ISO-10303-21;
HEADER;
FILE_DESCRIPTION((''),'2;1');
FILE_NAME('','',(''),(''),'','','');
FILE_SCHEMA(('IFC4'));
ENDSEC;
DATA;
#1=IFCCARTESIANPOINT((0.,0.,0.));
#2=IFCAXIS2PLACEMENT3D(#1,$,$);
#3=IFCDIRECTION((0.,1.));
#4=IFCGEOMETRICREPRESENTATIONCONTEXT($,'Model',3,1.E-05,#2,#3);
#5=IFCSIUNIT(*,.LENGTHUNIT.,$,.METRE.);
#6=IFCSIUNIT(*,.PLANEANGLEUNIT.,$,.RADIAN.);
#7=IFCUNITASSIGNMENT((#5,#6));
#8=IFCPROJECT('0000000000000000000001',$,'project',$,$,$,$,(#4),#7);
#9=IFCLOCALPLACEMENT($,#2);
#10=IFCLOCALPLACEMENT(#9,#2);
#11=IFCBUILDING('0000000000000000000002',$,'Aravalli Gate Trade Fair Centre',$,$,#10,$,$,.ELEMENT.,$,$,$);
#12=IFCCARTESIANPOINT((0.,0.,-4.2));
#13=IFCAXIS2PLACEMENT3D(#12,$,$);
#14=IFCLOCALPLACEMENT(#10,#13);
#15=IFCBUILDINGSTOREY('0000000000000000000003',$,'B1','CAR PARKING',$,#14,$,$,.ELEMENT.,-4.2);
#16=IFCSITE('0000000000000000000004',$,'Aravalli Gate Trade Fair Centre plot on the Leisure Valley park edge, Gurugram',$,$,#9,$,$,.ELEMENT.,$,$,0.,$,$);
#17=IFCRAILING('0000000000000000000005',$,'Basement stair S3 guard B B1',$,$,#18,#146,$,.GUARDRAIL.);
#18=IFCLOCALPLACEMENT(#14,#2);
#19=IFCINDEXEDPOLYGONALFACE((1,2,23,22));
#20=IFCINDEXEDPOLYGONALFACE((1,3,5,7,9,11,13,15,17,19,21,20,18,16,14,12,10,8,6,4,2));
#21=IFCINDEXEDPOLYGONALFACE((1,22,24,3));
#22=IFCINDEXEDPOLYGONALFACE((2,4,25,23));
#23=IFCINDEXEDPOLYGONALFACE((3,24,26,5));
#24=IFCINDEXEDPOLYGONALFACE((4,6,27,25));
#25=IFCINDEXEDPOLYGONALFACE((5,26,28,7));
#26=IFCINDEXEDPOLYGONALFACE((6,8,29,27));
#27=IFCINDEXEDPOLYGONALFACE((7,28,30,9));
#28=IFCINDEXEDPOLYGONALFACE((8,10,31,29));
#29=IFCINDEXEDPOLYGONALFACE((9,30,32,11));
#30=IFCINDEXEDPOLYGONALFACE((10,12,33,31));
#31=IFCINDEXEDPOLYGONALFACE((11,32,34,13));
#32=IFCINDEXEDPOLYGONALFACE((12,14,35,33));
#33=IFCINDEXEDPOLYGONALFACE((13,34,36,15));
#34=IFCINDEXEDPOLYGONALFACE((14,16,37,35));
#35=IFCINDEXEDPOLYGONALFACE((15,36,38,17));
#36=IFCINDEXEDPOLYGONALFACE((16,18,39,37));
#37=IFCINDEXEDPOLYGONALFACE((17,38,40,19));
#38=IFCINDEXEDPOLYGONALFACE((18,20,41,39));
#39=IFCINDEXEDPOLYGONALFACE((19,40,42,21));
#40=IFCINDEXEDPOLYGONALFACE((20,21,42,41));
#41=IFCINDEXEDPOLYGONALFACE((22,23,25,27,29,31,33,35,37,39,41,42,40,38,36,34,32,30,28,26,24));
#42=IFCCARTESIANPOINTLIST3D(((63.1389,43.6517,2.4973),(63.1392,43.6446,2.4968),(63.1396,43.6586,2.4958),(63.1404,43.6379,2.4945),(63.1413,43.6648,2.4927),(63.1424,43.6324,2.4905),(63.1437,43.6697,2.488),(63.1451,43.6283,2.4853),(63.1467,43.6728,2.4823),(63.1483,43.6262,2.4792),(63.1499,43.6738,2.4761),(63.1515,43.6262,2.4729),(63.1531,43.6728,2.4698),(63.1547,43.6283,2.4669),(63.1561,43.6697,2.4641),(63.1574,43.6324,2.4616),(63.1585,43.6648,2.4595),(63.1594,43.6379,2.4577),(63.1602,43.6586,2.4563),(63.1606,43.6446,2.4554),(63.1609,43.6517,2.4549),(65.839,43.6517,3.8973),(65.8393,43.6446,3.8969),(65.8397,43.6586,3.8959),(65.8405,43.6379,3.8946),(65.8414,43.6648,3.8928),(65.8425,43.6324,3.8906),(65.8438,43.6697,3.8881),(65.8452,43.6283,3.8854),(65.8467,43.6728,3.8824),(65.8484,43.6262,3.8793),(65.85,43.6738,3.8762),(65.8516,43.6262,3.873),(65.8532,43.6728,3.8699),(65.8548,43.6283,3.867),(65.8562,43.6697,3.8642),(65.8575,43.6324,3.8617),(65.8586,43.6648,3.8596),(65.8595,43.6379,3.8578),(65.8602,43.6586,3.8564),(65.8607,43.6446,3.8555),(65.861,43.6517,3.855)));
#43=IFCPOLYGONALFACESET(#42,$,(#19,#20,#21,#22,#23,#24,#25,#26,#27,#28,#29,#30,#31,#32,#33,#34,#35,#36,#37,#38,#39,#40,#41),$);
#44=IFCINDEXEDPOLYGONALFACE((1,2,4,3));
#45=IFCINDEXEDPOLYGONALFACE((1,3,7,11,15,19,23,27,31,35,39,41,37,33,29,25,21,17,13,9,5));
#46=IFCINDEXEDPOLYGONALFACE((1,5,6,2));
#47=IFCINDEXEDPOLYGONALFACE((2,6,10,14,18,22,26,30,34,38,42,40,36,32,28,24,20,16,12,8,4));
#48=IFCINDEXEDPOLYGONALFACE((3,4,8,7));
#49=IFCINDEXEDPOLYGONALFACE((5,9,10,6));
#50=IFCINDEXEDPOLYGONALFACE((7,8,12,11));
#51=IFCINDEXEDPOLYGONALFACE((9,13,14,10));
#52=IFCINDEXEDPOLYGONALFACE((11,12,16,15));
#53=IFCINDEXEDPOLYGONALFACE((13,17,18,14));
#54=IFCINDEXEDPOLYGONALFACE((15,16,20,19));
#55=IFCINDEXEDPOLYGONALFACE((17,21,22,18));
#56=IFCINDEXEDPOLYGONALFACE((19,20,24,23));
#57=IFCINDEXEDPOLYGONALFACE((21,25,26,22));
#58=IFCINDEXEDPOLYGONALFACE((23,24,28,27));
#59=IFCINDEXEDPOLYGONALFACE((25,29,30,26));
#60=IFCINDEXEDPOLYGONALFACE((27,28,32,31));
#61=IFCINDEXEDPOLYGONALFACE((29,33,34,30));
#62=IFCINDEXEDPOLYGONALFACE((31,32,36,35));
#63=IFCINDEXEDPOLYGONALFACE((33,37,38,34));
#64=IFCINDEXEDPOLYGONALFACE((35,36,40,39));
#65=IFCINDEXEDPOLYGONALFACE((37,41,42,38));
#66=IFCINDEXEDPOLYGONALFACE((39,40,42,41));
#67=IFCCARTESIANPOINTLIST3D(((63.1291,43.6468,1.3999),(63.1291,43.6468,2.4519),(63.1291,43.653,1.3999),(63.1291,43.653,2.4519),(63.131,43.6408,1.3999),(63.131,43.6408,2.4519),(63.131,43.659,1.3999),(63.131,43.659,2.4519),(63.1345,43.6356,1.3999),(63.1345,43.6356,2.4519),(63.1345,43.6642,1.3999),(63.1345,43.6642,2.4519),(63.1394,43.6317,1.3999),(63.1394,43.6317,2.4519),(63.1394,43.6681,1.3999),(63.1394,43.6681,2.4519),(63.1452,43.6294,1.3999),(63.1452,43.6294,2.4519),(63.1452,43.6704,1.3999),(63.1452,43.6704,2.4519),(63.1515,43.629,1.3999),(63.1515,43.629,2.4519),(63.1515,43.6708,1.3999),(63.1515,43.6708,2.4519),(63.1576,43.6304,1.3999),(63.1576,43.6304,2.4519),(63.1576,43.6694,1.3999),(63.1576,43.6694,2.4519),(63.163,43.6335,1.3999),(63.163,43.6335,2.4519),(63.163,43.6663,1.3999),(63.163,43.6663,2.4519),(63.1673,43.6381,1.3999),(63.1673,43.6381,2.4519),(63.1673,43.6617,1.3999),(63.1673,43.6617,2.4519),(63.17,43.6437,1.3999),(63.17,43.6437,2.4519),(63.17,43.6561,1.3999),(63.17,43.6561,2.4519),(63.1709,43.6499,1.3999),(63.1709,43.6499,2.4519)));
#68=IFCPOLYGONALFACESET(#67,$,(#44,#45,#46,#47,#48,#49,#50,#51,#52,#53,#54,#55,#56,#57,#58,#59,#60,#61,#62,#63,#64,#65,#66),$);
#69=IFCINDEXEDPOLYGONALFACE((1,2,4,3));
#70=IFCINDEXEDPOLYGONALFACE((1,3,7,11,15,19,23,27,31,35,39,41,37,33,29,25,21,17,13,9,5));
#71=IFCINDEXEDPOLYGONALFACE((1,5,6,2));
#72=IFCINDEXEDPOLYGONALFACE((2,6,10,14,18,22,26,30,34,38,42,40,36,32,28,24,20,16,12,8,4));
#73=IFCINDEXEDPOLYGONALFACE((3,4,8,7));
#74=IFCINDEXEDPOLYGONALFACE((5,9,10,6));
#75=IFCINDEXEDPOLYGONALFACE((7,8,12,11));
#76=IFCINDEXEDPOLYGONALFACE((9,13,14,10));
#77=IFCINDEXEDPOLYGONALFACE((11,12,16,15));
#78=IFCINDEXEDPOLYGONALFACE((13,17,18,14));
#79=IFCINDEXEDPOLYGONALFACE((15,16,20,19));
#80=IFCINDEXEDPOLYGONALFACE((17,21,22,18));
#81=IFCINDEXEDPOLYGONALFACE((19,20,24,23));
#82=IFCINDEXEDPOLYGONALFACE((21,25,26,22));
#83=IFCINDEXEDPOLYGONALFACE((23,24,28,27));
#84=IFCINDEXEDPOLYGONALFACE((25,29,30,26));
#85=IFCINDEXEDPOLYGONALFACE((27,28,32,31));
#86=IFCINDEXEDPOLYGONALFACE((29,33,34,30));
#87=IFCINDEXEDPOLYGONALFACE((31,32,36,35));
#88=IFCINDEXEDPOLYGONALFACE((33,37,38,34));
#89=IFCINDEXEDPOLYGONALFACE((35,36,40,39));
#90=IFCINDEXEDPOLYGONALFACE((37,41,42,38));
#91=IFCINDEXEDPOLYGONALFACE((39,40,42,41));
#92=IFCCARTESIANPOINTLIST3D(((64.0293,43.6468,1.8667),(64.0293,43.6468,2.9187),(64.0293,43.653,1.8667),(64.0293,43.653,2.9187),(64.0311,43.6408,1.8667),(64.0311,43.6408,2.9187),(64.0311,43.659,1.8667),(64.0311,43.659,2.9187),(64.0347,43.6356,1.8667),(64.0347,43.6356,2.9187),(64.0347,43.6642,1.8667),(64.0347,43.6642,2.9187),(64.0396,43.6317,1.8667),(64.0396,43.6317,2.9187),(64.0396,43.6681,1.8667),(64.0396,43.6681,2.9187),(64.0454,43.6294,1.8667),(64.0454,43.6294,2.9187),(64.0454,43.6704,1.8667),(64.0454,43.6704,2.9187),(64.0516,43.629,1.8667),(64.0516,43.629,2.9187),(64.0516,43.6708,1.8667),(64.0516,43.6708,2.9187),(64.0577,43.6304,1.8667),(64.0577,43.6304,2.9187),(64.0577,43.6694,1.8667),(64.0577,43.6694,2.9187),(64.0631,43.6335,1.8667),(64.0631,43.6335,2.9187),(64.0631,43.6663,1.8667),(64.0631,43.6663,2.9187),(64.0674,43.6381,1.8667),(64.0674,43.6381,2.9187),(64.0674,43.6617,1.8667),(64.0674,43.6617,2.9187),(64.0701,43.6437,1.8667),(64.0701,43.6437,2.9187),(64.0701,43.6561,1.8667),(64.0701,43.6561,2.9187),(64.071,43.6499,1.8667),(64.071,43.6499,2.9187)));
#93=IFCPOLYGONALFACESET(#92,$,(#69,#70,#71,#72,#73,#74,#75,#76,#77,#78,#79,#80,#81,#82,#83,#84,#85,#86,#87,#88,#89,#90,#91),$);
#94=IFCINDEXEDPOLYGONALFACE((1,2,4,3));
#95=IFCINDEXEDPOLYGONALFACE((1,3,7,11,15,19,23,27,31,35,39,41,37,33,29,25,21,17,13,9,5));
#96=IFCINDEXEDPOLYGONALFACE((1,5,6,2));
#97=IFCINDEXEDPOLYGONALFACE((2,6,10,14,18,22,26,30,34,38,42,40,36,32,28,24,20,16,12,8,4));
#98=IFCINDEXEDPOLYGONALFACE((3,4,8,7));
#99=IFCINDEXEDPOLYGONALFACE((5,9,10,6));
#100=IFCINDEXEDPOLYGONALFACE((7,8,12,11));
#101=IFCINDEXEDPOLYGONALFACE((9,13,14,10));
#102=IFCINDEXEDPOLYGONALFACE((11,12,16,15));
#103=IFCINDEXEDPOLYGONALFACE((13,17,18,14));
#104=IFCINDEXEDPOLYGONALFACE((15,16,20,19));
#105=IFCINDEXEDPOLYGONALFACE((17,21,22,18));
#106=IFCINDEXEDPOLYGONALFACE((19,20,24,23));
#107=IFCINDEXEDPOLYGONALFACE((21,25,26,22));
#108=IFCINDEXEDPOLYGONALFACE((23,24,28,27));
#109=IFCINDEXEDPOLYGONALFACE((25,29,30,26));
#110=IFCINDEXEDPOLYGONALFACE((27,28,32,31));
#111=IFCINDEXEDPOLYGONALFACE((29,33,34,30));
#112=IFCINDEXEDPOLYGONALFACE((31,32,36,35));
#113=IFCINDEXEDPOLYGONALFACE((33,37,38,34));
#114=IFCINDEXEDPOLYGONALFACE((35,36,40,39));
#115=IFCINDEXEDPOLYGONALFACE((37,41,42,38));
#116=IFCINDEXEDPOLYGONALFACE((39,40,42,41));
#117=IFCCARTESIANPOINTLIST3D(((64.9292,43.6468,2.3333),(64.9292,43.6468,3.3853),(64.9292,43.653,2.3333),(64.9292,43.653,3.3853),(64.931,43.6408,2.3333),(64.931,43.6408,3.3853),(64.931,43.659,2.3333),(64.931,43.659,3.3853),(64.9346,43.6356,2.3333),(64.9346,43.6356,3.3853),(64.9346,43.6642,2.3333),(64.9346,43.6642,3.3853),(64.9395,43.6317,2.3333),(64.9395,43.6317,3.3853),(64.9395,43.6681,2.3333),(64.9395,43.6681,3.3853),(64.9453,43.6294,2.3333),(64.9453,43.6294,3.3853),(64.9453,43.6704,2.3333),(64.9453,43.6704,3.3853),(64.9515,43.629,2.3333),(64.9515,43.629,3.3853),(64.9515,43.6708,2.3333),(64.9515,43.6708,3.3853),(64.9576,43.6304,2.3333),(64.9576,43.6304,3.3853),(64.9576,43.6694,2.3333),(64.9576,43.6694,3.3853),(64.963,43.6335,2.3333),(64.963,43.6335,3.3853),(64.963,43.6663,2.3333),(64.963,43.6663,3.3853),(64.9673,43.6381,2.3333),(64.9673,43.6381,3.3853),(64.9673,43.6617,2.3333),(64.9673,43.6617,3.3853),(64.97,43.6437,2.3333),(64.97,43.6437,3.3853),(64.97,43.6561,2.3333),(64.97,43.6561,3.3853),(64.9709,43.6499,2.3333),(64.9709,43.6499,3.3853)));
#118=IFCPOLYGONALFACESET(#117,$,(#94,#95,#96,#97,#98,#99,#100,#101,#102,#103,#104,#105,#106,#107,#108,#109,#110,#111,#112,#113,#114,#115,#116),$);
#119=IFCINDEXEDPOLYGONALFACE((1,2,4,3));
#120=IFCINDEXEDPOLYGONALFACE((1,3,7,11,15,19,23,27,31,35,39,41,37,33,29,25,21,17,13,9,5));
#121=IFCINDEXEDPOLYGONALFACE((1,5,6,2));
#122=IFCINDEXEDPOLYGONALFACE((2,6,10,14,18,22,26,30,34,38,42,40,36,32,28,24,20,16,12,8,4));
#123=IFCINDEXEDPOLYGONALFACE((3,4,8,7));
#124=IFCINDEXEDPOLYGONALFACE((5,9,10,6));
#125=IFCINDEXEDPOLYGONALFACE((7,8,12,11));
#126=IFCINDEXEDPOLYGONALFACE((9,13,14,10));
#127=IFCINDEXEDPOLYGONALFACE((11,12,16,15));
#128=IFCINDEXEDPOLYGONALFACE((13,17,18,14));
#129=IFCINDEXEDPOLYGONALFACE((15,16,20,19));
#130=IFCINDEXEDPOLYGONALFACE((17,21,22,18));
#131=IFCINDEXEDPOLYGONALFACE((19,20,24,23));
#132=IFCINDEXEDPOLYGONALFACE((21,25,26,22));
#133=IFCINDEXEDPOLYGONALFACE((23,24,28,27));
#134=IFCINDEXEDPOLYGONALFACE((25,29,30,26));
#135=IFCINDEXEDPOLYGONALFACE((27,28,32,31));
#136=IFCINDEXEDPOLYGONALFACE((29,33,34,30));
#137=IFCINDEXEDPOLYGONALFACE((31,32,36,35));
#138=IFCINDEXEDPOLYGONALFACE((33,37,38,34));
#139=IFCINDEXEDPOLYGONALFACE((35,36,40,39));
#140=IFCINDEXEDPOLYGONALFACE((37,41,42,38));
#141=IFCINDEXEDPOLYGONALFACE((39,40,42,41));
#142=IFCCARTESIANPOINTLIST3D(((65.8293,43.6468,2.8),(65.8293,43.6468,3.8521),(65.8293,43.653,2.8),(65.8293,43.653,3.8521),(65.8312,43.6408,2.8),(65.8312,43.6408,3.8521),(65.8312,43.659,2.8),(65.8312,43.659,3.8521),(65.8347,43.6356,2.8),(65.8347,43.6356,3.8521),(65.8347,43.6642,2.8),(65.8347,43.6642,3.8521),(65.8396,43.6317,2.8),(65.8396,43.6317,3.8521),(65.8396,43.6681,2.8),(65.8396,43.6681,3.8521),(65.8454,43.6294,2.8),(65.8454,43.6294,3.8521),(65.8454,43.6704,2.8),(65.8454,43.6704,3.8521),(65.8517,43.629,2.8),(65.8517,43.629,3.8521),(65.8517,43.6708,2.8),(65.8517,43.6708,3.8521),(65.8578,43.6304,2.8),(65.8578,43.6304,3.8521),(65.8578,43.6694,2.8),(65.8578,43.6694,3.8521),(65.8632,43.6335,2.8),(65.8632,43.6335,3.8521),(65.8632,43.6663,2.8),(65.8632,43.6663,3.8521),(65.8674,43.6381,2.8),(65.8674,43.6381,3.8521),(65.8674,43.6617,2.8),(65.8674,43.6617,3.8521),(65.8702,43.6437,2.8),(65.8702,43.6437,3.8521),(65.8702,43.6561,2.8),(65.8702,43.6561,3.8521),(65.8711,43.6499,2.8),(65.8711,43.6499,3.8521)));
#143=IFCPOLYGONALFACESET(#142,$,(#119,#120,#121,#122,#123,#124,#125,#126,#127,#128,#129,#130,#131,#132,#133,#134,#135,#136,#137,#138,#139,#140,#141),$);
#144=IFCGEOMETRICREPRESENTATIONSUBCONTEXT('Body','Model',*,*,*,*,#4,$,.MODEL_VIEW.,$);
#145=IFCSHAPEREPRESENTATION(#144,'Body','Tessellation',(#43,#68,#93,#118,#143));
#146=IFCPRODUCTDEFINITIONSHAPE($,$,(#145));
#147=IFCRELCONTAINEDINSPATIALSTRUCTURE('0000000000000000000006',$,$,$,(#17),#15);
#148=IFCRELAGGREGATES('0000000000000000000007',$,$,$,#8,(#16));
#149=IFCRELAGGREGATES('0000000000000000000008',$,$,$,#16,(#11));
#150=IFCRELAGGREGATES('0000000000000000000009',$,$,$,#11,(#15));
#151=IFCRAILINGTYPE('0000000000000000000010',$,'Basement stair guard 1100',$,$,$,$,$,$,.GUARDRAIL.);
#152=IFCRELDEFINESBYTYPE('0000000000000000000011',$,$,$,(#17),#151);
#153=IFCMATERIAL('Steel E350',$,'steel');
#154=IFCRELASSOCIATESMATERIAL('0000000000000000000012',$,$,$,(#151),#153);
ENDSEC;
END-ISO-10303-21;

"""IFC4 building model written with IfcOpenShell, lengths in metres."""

from ifc_helpers import new_model, si_unit, direction, frame, origin, origin_2d, place, context, subcontext, project, spatial, circle, extrude, material, type_object, element, save


model = new_model("IFC4")

# Units and contexts
model_context = context("Model", 3, precision=1e-05, world=origin(), true_north=direction((0.0, 1.0)))
body_context = subcontext(model_context, "Body", "Model", "MODEL_VIEW")
ifc_project = project(units=[si_unit("LENGTHUNIT", "METRE"), si_unit("PLANEANGLEUNIT", "RADIAN")], contexts=[model_context])

# Site, building, storey
site_placement = place(None, origin())
site = spatial("IfcSite", under=ifc_project, at=site_placement, Name="Aravalli Gate Trade Fair Centre plot on the Leisure Valley park edge, Gurugram", CompositionType="ELEMENT", RefElevation=0.0)
building_placement = place(site_placement, origin())
building = spatial("IfcBuilding", under=site, at=building_placement, Name="Aravalli Gate Trade Fair Centre", CompositionType="ELEMENT")
storey_placement = place(building_placement, frame((0.0, 0.0, -4.2)))
storey = spatial("IfcBuildingStorey", under=building, at=storey_placement, Name="B1", Description="CAR PARKING", CompositionType="ELEMENT", Elevation=-4.2)

# Railing
ifc_material_1 = material(Name="Steel E350", Category="steel")
railing_type = type_object("IfcRailingType", Name="Basement stair guard 1100", PredefinedType="GUARDRAIL", material=ifc_material_1)
railing_1_placement = place(storey_placement, frame((63.1499, 43.6499, 1.3999)))
element("IfcRailing", 1, at=railing_1_placement, inside=storey, type_object=railing_type, Name="Basement stair S3 guard B B1", PredefinedType="GUARDRAIL", context=body_context, shape_type="SweptSolid", body=[
    extrude(circle(Radius=0.0239, at=origin_2d()), frame((0.0, 0.0, 1.0762), z_axis=(0.887748, 0.0, 0.460329), x_axis=(0.0, 1.0, 0.0)), (0.0, 0.0, 1.0), 3.0415),
    extrude(circle(Radius=0.021, at=origin_2d()), origin(), (0.0, 0.0, 1.0), 1.052),
    extrude(circle(Radius=0.021, at=origin_2d()), frame((0.9001, 0.0, 0.4668)), (0.0, 0.0, 1.0), 1.052),
    extrude(circle(Radius=0.021, at=origin_2d()), frame((1.8, 0.0, 0.9333)), (0.0, 0.0, 1.0), 1.052),
    extrude(circle(Radius=0.021, at=origin_2d()), frame((2.7002, 0.0, 1.4001)), (0.0, 0.0, 1.0), 1.052),
])

save(model, "model.ifc")
